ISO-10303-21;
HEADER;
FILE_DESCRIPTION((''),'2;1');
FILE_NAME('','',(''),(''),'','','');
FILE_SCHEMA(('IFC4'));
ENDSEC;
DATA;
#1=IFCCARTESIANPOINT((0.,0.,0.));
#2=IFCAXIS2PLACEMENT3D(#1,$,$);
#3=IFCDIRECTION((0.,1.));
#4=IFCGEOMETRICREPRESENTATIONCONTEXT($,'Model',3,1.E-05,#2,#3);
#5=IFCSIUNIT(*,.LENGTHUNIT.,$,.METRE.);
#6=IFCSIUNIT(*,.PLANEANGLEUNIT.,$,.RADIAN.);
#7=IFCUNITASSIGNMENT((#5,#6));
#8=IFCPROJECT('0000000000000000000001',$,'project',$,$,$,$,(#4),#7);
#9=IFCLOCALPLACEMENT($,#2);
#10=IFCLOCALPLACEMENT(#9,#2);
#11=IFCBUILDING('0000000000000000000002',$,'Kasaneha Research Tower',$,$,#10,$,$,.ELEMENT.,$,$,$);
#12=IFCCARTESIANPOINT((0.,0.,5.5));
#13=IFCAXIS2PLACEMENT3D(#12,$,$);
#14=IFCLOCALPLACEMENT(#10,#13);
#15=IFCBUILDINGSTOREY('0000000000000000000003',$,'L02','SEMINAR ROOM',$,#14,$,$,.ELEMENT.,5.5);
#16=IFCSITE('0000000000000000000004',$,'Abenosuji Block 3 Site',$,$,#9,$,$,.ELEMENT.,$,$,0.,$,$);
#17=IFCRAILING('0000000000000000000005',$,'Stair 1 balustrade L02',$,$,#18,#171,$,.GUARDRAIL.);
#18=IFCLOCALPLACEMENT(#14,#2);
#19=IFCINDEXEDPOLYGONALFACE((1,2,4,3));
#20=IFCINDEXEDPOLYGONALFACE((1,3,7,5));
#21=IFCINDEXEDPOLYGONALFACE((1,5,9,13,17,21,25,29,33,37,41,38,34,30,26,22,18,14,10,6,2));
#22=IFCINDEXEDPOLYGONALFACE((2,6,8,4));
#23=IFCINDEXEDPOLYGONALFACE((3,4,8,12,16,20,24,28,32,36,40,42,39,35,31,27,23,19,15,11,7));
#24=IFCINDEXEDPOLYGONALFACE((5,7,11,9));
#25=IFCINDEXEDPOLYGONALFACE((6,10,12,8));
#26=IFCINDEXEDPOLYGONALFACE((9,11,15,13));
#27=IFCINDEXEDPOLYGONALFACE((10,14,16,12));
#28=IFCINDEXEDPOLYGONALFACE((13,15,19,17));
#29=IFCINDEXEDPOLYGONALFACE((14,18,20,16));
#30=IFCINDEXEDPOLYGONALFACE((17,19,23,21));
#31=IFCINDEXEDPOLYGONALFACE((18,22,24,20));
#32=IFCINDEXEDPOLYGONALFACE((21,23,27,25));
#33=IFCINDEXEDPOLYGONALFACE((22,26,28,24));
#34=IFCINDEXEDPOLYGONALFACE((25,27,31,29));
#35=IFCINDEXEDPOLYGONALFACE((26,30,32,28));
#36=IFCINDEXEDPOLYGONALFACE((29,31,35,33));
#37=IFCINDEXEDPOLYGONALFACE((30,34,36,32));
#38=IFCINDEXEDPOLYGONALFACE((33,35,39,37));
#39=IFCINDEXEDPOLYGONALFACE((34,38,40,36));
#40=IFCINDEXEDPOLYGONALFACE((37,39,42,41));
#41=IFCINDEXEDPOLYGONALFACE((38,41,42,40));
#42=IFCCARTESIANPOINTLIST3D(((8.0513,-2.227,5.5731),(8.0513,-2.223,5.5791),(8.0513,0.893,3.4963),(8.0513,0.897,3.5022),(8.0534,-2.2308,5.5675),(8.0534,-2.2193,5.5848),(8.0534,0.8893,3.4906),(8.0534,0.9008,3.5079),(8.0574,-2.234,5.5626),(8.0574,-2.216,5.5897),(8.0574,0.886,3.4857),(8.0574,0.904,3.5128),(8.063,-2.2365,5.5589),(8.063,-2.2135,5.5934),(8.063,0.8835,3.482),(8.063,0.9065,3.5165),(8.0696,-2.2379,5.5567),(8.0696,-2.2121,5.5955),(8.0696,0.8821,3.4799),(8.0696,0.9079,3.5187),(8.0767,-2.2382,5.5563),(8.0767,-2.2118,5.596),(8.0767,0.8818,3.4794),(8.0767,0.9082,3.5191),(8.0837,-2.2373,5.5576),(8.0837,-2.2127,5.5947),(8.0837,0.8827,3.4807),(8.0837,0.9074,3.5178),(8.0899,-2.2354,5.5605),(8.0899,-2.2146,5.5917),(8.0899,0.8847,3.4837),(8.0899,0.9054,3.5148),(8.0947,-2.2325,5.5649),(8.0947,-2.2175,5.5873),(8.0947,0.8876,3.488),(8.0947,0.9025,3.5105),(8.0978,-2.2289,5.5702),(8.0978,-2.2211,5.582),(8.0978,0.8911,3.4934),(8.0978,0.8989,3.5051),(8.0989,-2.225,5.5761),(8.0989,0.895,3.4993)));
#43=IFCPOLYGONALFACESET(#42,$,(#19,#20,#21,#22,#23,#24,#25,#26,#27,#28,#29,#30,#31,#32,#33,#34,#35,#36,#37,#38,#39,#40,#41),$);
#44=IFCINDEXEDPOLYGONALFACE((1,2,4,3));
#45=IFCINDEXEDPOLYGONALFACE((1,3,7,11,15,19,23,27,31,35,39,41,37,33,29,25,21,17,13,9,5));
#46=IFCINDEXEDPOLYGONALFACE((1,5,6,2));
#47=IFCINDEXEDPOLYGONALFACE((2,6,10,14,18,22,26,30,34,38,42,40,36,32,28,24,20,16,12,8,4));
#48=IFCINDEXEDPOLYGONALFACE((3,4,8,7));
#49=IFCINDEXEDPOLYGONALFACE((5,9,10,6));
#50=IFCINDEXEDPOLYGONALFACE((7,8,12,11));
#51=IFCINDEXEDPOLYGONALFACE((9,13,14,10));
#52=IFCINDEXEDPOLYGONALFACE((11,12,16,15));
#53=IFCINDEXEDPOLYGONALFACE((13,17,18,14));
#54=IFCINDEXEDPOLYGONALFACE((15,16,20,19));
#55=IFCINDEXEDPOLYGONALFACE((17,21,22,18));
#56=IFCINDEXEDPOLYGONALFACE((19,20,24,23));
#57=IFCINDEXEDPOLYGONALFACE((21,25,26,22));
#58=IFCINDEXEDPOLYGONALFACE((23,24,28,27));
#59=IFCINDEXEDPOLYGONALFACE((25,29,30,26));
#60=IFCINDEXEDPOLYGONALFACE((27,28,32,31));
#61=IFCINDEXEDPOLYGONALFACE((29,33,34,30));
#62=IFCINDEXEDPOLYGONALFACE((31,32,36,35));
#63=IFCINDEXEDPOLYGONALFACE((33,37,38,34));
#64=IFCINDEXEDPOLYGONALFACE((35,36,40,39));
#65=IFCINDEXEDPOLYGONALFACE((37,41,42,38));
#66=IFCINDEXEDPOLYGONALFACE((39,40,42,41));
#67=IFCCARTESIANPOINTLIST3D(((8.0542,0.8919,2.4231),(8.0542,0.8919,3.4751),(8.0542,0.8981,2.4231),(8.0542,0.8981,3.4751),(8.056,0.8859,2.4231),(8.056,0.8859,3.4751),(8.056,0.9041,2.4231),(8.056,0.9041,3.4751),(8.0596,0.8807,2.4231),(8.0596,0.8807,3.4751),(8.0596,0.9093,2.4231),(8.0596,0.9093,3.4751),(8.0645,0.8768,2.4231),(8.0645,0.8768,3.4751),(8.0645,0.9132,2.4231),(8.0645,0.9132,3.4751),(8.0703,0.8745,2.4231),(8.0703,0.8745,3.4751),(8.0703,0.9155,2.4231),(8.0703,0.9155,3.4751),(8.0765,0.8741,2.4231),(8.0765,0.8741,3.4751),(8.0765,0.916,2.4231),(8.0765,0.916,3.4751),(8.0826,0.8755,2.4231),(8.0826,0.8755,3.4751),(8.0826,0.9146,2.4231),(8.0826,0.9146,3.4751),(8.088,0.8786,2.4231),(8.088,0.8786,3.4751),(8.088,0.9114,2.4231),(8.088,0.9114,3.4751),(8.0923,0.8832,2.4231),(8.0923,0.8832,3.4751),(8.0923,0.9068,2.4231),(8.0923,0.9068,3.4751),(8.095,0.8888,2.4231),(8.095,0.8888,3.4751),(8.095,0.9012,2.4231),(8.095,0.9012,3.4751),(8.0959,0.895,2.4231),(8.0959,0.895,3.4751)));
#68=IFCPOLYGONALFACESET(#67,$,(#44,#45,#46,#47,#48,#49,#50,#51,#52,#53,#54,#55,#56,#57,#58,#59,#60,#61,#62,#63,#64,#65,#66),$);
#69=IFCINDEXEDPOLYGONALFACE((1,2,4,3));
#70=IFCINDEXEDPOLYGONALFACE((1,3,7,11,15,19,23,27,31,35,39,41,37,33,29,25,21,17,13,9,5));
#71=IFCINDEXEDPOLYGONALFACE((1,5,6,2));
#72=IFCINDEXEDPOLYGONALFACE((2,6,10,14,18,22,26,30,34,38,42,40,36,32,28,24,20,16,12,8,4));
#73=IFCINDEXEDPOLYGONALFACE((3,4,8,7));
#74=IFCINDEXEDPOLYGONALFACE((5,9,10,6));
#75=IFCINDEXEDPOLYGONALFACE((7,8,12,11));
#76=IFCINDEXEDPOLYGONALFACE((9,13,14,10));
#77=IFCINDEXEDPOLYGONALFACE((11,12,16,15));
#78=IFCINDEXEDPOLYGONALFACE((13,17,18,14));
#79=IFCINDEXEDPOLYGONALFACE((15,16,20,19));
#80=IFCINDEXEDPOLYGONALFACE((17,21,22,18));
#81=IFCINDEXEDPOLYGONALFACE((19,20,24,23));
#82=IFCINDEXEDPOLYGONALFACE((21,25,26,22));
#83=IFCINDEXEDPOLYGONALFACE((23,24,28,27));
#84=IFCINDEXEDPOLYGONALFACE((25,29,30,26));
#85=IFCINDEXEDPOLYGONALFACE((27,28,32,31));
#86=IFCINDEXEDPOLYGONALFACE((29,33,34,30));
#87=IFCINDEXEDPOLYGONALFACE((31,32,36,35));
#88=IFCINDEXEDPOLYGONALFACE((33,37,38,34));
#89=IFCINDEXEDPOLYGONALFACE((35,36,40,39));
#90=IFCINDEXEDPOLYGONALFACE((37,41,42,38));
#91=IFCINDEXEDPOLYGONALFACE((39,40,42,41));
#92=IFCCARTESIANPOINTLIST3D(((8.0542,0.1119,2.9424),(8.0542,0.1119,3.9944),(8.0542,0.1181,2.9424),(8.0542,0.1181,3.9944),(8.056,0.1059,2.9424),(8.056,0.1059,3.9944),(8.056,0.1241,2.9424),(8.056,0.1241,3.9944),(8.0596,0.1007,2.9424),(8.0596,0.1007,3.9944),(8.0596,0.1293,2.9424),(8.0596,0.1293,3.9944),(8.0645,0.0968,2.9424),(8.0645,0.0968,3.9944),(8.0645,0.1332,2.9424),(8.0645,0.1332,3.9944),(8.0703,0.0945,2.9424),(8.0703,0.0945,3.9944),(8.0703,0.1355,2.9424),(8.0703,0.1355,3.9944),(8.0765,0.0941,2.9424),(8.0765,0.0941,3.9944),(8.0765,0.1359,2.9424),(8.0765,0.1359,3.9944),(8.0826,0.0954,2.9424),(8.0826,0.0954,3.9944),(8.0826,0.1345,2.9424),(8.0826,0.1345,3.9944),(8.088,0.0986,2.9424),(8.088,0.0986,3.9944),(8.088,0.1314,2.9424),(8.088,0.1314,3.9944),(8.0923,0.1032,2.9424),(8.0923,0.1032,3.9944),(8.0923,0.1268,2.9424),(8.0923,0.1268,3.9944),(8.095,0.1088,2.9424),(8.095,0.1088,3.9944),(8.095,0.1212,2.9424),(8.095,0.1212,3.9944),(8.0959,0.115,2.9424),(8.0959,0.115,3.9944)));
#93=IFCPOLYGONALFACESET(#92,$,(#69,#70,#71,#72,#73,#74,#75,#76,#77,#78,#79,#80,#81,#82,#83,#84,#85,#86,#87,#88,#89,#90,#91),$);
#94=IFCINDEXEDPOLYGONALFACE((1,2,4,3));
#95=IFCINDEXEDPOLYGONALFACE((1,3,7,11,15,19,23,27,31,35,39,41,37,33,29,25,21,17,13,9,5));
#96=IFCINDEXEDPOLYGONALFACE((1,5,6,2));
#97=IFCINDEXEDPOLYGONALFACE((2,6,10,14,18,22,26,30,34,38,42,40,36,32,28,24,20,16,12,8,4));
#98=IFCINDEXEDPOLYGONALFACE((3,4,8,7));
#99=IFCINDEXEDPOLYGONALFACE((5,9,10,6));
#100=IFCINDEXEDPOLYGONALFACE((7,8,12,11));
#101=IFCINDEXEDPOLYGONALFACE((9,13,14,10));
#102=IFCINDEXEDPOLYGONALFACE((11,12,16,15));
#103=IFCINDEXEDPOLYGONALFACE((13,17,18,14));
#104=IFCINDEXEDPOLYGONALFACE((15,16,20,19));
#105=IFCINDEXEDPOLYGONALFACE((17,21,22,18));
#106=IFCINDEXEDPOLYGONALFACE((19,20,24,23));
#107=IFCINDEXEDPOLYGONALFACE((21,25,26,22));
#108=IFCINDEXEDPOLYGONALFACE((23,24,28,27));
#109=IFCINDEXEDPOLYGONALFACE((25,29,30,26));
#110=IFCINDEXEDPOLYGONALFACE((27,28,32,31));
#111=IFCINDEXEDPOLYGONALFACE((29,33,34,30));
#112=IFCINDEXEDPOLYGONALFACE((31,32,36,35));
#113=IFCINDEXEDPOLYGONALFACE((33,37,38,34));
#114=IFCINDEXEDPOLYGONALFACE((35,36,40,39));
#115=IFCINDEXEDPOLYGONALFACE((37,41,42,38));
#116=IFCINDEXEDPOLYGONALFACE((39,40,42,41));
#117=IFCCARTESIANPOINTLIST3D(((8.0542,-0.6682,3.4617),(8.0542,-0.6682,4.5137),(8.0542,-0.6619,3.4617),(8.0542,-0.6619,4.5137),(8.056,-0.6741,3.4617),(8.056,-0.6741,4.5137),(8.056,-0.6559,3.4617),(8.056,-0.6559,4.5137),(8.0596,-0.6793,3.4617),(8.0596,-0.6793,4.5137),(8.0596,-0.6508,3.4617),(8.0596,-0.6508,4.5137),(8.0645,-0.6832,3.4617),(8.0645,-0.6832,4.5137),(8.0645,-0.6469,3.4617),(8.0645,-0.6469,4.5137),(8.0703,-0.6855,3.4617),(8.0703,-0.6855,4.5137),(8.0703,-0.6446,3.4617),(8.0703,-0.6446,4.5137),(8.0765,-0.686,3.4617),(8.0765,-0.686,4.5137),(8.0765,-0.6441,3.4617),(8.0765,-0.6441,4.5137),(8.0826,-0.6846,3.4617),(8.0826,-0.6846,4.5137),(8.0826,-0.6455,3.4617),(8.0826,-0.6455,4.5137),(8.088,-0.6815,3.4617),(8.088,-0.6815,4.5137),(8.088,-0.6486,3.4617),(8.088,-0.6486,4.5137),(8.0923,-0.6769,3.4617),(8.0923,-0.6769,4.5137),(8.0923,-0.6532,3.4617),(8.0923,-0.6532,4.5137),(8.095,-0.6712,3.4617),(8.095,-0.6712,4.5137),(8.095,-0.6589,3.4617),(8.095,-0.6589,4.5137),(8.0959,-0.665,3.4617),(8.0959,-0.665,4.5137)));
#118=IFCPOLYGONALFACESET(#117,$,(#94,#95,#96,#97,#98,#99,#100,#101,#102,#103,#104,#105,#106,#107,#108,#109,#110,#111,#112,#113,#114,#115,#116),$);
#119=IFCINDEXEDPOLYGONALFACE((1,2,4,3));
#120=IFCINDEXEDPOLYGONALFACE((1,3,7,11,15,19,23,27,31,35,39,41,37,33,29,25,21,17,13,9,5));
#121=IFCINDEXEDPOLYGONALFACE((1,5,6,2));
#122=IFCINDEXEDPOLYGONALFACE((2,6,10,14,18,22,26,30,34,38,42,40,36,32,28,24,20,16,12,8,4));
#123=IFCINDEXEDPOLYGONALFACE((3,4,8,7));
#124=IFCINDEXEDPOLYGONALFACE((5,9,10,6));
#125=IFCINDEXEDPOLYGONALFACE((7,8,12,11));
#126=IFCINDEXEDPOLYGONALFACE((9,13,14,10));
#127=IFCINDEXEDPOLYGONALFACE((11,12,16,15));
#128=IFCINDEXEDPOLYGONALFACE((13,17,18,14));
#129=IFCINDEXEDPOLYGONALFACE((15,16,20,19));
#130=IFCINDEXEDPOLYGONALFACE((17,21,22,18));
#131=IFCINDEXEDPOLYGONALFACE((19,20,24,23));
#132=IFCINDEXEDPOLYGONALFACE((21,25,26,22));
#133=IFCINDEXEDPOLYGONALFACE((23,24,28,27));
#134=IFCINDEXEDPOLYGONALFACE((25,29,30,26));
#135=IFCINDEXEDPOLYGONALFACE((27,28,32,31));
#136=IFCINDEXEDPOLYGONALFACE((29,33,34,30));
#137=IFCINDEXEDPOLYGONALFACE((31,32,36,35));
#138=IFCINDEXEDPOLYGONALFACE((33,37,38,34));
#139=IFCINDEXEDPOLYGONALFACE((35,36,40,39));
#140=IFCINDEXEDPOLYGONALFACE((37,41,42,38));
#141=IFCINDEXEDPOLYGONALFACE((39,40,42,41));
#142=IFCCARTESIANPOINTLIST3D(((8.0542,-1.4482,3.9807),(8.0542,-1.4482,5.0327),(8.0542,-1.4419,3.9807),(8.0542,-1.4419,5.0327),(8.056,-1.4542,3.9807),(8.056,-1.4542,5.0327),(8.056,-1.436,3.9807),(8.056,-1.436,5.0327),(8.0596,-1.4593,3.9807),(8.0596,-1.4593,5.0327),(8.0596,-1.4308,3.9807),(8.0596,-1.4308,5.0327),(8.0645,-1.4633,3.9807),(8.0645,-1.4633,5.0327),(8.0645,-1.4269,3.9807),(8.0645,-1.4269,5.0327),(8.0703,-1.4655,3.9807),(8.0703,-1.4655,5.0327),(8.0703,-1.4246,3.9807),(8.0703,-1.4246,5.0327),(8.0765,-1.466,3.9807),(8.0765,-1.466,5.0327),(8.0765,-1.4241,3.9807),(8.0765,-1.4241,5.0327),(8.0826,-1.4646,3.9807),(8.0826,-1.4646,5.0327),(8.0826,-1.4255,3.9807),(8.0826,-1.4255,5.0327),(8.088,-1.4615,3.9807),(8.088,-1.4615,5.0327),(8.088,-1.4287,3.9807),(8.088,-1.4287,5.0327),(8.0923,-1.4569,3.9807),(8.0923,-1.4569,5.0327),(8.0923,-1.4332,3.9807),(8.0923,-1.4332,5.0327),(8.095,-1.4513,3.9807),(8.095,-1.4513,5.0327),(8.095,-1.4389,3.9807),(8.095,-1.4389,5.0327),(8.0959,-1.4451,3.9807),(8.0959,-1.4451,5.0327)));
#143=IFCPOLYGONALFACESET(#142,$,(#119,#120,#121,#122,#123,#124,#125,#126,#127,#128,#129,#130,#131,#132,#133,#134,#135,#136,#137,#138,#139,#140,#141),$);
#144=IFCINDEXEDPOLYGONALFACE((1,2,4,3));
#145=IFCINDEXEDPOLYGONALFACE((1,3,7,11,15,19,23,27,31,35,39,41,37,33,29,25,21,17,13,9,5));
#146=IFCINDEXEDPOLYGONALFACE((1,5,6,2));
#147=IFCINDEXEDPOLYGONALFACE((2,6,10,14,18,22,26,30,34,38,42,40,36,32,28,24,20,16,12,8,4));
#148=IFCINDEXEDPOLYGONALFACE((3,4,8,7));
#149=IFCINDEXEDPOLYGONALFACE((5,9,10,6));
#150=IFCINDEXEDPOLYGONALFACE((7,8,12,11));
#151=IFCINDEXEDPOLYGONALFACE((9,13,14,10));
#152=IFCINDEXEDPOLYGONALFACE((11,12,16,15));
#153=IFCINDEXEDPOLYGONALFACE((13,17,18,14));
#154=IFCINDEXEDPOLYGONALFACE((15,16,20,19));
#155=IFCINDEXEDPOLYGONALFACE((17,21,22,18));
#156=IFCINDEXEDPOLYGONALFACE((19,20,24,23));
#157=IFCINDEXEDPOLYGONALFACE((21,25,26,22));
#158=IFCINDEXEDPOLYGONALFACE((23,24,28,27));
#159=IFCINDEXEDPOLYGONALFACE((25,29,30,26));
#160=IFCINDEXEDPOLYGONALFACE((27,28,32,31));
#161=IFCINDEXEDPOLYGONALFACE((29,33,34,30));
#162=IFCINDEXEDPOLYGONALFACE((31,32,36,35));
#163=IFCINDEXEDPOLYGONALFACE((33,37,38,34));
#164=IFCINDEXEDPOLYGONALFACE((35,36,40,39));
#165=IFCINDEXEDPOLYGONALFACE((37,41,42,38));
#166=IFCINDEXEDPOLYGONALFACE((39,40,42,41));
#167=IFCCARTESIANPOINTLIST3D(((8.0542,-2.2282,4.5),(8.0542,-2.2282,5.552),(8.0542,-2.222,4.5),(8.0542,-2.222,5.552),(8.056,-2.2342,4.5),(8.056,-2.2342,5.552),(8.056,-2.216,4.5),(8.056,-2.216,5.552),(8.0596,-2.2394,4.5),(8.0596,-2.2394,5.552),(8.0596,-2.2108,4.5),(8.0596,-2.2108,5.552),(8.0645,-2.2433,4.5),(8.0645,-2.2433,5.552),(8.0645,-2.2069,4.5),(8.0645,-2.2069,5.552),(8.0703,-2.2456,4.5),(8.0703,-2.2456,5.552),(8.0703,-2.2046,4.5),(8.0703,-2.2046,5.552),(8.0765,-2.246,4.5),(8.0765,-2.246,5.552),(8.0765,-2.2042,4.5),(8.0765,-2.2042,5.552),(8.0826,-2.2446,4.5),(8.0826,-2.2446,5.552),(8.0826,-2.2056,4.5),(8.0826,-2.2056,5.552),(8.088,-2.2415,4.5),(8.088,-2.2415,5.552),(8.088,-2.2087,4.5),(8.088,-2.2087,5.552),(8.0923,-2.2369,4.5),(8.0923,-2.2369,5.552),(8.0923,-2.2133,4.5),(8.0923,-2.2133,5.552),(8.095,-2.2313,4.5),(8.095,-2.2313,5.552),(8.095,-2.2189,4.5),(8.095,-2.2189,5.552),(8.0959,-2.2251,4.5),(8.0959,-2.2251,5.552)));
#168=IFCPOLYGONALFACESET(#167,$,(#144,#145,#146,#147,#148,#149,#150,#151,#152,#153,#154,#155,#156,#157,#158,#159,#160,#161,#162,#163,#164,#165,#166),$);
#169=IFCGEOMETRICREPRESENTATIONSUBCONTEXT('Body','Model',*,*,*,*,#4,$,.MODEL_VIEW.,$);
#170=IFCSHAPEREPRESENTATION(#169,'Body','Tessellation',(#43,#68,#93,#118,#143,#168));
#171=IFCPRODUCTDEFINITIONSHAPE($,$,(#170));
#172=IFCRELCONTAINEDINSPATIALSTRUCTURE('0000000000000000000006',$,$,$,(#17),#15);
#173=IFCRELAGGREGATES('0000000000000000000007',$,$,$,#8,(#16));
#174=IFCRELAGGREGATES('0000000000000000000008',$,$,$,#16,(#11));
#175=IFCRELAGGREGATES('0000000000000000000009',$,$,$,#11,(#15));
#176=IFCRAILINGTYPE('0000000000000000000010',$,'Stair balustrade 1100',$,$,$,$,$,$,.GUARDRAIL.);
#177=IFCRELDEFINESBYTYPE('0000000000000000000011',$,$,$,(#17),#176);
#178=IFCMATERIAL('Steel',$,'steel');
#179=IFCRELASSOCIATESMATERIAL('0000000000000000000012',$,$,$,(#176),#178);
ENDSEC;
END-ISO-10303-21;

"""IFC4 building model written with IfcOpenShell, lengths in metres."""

from ifc_helpers import new_model, si_unit, direction, frame, origin, origin_2d, place, context, subcontext, project, spatial, circle, extrude, material, type_object, element, save


model = new_model("IFC4")

# Units and contexts
model_context = context("Model", 3, precision=1e-05, world=origin(), true_north=direction((0.0, 1.0)))
body_context = subcontext(model_context, "Body", "Model", "MODEL_VIEW")
ifc_project = project(units=[si_unit("LENGTHUNIT", "METRE"), si_unit("PLANEANGLEUNIT", "RADIAN")], contexts=[model_context])

# Site, building, storey
site_placement = place(None, origin())
site = spatial("IfcSite", under=ifc_project, at=site_placement, Name="Abenosuji Block 3 Site", CompositionType="ELEMENT", RefElevation=0.0)
building_placement = place(site_placement, origin())
building = spatial("IfcBuilding", under=site, at=building_placement, Name="Kasaneha Research Tower", CompositionType="ELEMENT")
storey_placement = place(building_placement, frame((0.0, 0.0, 5.5)))
storey = spatial("IfcBuildingStorey", under=building, at=storey_placement, Name="L02", Description="SEMINAR ROOM", CompositionType="ELEMENT", Elevation=5.5)

# Railing
ifc_material_1 = material(Name="Steel", Category="steel")
railing_type_1 = type_object("IfcRailingType", Name="Stair balustrade 1100", PredefinedType="GUARDRAIL", material=ifc_material_1)
railing_1_placement = place(storey_placement, frame((8.075, 0.895, 2.4231)))
element("IfcRailing", 1, at=railing_1_placement, inside=storey, type_object=railing_type_1, Name="Stair 1 balustrade L02", PredefinedType="GUARDRAIL", context=body_context, shape_type="SweptSolid", body=[
    extrude(circle(Radius=0.0239, at=origin_2d()), frame((0.0, 0.0, 1.0762), z_axis=(0.0, -0.832441, 0.554114), x_axis=(1.0, 0.0, 0.0)), (0.0, 0.0, 1.0), 3.748),
    extrude(circle(Radius=0.021, at=origin_2d()), origin(), (0.0, 0.0, 1.0), 1.052),
    extrude(circle(Radius=0.021, at=origin_2d()), frame((0.0, -0.78, 0.5193)), (0.0, 0.0, 1.0), 1.052),
    extrude(circle(Radius=0.021, at=origin_2d()), frame((0.0, -1.5601, 1.0386)), (0.0, 0.0, 1.0), 1.052),
    extrude(circle(Radius=0.021, at=origin_2d()), frame((0.0, -2.3401, 1.5576)), (0.0, 0.0, 1.0), 1.052),
    extrude(circle(Radius=0.021, at=origin_2d()), frame((0.0, -3.1201, 2.0769)), (0.0, 0.0, 1.0), 1.052),
])

save(model, "model.ifc")
